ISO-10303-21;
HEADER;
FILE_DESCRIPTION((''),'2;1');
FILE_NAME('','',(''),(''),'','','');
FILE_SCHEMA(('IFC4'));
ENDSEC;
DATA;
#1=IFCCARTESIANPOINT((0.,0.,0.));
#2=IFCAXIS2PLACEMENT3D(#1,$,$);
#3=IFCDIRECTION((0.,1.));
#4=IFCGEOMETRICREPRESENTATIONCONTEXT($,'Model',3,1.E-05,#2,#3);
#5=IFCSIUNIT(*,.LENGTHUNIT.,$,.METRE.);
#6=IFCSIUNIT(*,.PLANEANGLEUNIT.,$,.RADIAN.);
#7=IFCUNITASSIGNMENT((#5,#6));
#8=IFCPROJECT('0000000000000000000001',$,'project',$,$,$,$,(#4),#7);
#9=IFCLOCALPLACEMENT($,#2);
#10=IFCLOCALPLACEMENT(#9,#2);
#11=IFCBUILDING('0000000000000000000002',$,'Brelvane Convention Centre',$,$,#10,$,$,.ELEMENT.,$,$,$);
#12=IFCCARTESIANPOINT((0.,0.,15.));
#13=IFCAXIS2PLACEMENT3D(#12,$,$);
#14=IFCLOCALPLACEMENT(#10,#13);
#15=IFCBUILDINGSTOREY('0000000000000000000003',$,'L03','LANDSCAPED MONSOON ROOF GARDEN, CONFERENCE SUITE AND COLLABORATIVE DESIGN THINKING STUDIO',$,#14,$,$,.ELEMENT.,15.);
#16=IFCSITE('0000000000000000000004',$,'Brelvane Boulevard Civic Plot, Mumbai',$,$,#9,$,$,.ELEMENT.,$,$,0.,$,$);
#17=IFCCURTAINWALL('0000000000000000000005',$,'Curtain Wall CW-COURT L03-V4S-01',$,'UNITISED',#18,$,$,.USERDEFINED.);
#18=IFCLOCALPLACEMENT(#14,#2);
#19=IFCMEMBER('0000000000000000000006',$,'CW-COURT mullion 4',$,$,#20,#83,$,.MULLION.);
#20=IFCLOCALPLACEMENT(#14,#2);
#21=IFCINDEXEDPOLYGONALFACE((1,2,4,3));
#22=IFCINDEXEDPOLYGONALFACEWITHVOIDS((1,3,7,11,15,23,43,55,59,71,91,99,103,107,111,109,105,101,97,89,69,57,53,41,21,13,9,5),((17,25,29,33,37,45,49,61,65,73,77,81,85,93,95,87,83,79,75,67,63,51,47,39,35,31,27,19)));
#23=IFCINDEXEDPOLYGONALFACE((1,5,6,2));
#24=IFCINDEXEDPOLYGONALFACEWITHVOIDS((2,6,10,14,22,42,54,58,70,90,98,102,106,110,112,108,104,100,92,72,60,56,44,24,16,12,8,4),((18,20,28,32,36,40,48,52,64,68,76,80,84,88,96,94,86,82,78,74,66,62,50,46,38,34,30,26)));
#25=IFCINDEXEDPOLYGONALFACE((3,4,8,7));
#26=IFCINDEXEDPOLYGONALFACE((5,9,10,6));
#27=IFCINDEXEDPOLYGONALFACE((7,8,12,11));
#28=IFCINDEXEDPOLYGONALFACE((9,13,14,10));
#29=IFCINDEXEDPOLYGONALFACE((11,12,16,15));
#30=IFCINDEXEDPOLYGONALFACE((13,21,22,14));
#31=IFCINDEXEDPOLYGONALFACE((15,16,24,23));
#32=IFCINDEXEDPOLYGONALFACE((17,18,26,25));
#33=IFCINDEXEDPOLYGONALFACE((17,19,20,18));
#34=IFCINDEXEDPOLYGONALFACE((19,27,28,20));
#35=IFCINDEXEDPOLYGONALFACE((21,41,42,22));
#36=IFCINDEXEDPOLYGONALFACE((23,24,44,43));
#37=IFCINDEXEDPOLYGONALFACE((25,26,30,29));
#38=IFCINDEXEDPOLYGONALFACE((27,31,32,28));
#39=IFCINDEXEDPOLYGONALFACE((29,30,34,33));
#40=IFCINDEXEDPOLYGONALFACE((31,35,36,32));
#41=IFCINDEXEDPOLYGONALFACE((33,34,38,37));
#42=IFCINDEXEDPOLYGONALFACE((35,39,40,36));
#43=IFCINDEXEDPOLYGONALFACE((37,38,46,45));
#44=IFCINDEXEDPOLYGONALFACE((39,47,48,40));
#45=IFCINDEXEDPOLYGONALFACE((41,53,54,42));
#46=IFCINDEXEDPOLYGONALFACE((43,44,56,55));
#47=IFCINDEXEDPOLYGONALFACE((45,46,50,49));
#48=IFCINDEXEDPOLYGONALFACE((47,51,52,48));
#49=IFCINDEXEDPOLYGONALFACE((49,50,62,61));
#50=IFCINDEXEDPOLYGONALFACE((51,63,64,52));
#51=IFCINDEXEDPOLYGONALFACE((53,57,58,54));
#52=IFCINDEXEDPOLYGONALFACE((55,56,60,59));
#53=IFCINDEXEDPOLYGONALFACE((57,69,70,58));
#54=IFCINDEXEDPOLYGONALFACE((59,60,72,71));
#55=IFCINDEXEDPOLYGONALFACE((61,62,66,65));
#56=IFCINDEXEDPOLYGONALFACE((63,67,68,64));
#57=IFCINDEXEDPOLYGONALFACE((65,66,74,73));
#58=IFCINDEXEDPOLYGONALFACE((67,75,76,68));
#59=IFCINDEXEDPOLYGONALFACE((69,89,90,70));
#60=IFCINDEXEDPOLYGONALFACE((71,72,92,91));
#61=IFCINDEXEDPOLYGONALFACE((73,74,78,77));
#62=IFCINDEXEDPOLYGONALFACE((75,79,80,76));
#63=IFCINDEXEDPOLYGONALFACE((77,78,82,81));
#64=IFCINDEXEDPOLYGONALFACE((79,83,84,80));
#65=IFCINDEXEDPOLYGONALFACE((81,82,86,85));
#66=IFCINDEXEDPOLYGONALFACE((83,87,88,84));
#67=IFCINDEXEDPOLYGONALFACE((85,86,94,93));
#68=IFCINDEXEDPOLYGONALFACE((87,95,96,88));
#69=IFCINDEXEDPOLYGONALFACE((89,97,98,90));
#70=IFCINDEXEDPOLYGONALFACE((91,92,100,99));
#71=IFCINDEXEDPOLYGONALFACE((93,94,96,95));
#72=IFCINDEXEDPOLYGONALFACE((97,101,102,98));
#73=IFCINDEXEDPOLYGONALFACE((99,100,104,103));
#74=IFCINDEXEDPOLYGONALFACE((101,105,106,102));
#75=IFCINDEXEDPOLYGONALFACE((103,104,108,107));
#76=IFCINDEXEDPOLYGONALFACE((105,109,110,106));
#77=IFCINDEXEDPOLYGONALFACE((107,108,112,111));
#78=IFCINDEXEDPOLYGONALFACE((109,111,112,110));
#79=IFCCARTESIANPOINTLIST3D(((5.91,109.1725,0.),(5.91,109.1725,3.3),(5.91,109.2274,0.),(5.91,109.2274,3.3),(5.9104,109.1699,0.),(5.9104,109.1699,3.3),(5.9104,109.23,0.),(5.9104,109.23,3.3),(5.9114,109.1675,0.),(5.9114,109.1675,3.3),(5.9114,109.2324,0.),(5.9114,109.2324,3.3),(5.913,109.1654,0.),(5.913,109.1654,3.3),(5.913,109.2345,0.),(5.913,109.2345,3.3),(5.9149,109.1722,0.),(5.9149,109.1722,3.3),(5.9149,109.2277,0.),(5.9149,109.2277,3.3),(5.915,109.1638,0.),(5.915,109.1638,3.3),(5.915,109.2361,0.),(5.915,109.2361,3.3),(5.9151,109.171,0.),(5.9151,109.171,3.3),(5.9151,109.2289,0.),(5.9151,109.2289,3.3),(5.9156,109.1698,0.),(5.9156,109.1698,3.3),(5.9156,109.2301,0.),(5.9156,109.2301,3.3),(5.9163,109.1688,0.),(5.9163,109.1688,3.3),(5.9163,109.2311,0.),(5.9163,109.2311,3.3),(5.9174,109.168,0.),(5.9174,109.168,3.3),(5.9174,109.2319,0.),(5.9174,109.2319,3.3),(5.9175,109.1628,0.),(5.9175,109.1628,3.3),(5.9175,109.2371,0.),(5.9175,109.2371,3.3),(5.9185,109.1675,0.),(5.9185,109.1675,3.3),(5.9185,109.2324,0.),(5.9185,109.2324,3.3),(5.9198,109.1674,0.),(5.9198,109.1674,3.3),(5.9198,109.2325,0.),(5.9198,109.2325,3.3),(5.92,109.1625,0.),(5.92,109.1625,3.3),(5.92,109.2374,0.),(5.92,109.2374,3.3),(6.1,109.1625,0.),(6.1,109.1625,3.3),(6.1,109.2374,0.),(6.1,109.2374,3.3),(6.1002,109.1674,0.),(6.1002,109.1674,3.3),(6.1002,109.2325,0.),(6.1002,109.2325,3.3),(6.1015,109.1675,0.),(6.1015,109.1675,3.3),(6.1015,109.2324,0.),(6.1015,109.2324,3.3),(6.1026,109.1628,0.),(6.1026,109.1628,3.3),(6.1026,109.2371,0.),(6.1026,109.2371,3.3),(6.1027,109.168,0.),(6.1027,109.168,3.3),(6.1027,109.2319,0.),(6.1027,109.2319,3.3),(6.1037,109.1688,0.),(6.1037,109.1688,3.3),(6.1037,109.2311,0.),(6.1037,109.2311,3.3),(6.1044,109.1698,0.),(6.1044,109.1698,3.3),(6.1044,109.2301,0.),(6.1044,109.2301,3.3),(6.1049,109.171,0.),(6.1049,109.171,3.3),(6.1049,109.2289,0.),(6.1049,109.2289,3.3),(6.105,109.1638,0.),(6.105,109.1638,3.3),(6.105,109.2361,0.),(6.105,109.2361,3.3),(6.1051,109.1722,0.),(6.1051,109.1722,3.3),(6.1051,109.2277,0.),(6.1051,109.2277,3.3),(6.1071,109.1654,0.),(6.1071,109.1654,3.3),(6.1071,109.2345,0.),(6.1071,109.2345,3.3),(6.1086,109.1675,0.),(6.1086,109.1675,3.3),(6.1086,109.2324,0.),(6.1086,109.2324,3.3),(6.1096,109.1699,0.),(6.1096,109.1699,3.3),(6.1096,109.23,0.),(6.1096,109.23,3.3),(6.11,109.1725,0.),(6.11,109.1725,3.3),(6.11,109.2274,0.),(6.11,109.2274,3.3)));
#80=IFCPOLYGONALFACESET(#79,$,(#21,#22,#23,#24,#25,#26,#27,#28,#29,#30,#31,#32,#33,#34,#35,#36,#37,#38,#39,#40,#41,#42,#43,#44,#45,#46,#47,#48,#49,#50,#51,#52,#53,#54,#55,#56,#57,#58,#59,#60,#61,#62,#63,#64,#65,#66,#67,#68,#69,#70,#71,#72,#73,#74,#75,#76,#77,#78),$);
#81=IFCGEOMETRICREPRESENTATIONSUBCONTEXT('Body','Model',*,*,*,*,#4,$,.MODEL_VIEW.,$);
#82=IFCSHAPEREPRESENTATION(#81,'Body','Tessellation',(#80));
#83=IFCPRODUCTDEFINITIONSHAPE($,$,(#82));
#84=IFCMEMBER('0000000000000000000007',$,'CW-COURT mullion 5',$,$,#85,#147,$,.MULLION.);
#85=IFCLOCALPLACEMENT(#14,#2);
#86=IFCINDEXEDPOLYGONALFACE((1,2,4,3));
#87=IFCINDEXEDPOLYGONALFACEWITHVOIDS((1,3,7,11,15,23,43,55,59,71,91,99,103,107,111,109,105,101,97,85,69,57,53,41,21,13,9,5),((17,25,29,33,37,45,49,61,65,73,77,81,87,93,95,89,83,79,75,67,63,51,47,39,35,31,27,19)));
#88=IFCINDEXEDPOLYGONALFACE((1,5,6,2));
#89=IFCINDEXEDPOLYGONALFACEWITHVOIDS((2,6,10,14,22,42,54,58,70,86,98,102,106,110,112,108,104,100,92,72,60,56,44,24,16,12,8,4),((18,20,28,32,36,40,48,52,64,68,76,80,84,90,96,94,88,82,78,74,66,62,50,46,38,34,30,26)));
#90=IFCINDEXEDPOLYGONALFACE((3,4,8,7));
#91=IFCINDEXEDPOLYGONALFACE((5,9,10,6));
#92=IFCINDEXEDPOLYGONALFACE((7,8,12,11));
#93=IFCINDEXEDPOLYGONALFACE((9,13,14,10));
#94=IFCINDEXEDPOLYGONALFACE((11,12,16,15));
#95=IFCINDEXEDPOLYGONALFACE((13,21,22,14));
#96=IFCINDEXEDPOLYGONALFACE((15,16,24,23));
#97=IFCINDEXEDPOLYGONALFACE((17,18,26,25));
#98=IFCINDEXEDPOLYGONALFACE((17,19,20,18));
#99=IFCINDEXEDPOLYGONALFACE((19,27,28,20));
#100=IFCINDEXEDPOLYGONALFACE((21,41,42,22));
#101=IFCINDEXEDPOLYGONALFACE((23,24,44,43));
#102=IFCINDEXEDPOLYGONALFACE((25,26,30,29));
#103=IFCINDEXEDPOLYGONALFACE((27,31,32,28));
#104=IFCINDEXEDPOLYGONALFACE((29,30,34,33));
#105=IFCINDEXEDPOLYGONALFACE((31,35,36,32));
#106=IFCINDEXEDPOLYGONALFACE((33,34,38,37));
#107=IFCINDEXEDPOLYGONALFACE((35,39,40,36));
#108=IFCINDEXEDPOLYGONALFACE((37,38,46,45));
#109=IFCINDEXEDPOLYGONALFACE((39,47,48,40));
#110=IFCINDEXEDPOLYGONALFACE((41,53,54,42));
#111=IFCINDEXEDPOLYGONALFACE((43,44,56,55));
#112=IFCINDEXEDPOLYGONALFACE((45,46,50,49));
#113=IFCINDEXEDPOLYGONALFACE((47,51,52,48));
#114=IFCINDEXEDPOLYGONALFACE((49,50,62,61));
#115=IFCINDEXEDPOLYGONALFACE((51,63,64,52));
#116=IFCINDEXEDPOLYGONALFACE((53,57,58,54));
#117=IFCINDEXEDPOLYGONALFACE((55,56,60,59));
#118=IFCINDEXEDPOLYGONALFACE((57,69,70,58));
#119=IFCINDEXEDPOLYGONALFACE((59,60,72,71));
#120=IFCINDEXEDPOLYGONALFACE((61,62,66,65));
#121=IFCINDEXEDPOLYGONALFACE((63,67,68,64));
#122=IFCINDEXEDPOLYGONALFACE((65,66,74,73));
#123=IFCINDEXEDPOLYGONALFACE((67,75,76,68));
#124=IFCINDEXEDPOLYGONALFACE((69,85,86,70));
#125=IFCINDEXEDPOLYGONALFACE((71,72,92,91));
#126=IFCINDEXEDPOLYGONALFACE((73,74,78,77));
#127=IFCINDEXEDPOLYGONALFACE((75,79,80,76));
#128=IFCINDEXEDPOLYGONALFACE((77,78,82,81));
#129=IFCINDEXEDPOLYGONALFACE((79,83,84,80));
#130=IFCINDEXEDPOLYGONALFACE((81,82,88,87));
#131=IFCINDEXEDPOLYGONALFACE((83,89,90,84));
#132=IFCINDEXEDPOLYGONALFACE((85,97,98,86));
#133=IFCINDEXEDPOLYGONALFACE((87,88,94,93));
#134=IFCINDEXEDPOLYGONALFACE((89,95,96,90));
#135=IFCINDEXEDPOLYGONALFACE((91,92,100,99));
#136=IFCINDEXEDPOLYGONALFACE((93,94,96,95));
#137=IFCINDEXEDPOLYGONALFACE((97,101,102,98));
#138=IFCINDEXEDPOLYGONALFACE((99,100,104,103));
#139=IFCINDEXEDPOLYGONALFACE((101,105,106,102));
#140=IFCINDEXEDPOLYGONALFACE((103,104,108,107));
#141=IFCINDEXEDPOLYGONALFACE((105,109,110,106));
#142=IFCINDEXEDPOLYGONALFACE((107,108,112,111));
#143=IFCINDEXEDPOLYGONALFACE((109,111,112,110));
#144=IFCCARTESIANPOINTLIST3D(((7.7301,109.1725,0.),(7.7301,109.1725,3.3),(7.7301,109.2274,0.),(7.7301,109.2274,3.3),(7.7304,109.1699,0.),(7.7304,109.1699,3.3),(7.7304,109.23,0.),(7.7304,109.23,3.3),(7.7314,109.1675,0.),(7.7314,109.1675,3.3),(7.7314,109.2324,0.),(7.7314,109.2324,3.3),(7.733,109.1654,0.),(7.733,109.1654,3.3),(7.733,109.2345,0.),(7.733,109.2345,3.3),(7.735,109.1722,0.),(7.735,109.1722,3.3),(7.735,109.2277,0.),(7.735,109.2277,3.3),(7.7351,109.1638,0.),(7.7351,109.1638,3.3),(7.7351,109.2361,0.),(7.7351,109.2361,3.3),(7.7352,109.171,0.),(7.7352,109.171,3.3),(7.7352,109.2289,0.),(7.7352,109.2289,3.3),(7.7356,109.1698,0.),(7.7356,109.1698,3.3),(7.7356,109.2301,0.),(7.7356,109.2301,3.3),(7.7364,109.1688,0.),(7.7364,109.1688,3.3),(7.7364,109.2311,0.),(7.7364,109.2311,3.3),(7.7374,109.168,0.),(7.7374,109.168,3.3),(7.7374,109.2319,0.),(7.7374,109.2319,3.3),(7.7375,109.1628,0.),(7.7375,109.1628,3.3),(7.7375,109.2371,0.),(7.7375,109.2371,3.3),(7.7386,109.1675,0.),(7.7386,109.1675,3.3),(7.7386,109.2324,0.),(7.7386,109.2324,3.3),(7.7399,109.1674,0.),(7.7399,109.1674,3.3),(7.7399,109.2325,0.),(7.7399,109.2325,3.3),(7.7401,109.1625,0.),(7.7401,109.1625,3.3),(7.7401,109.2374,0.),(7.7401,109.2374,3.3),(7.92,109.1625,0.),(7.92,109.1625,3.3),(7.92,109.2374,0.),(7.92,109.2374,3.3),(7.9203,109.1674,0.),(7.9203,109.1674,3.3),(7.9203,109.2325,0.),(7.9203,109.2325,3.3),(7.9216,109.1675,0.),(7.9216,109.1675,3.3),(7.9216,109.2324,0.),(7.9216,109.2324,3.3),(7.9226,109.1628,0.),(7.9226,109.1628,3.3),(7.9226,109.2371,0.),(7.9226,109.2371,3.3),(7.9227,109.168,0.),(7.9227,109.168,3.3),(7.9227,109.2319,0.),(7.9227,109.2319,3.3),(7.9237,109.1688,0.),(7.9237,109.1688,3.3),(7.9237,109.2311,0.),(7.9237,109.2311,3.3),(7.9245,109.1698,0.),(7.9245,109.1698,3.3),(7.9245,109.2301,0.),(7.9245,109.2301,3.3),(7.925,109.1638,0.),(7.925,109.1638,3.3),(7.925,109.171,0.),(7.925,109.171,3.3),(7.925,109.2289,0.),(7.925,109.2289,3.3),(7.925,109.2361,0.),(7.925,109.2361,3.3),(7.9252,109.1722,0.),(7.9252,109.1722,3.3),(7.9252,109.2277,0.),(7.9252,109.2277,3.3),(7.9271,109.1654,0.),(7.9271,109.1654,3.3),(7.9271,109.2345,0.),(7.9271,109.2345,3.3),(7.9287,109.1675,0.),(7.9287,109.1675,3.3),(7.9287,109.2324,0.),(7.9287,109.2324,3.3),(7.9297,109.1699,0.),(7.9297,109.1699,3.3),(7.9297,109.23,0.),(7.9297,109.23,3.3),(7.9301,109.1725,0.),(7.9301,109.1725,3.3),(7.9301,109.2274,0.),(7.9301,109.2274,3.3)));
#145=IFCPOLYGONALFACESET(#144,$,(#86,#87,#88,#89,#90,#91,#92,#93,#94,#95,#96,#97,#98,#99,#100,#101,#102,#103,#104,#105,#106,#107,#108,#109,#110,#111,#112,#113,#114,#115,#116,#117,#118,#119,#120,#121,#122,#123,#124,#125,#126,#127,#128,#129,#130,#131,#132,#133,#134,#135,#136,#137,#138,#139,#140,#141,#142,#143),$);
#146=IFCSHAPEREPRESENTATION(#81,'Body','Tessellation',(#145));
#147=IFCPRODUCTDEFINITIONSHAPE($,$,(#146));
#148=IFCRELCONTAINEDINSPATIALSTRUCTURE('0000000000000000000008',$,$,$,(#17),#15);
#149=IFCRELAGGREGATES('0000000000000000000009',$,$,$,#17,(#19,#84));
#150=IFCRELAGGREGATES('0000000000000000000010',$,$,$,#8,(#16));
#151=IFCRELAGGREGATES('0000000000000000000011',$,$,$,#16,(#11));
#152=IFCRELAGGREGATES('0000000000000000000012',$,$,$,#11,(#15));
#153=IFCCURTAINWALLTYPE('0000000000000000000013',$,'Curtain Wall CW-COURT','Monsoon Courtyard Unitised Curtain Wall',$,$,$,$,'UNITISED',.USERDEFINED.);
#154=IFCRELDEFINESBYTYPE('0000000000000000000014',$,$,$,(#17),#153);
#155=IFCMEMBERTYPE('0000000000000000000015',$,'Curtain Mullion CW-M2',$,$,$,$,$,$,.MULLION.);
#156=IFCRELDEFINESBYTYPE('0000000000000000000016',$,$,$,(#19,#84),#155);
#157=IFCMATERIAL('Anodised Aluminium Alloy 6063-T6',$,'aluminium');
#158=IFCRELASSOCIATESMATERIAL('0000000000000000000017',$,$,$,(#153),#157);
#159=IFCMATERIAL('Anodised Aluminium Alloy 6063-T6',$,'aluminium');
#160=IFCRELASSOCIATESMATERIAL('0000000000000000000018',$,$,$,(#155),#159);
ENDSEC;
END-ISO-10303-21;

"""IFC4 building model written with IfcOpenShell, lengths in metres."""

from ifc_helpers import new_model, si_unit, direction, frame, origin, origin_2d, place, context, subcontext, project, spatial, hollow_rectangle, extrude, material, material_profile, profile_set, type_object, element, aggregate, save


model = new_model("IFC4")

# Units and contexts
model_context = context("Model", 3, precision=1e-05, world=origin(), true_north=direction((0.0, 1.0)))
body_context = subcontext(model_context, "Body", "Model", "MODEL_VIEW")
ifc_project = project(units=[si_unit("LENGTHUNIT", "METRE"), si_unit("PLANEANGLEUNIT", "RADIAN")], contexts=[model_context])

# Site, building, storey
site_placement = place(None, origin())
site = spatial("IfcSite", under=ifc_project, at=site_placement, Name="Brelvane Boulevard Civic Plot, Mumbai", CompositionType="ELEMENT", RefElevation=0.0)
building_placement = place(site_placement, origin())
building = spatial("IfcBuilding", under=site, at=building_placement, Name="Brelvane Convention Centre", CompositionType="ELEMENT")
storey_placement = place(building_placement, frame((0.0, 0.0, 15.0)))
storey = spatial("IfcBuildingStorey", under=building, at=storey_placement, Name="L03", Description="LANDSCAPED MONSOON ROOF GARDEN, CONFERENCE SUITE AND COLLABORATIVE DESIGN THINKING STUDIO", CompositionType="ELEMENT", Elevation=15.0)

# Curtain wall, members
ifc_material_1 = material(Name="Anodised Aluminium Alloy 6063-T6", Category="aluminium")
curtain_wall_type = type_object("IfcCurtainWallType", Name="Curtain Wall CW-COURT", Description="Monsoon Courtyard Unitised Curtain Wall", ElementType="UNITISED", PredefinedType="USERDEFINED", material=ifc_material_1)
curtain_wall_placement = place(storey_placement, origin())
curtain_wall = element("IfcCurtainWall", 1, at=curtain_wall_placement, inside=storey, type_object=curtain_wall_type, Name="Curtain Wall CW-COURT L03-V4S-01", ObjectType="UNITISED", PredefinedType="USERDEFINED")
ifc_material_2 = material(Name="Anodised Aluminium Alloy 6063-T6", Category="aluminium")
ifc_material_profile_1 = material_profile(ifc_material_2, hollow_rectangle(XDim=0.075, YDim=0.2, WallThickness=0.0049, InnerFilletRadius=0.0049, OuterFilletRadius=0.01, at=origin_2d()), Name="ALU-M 200x75x5.0")
ifc_profile_set_1 = profile_set([ifc_material_profile_1], Name="Anodised Aluminium Alloy 6063-T6")
member_type_1 = type_object("IfcMemberType", Name="Curtain Mullion CW-M2", PredefinedType="MULLION", material=ifc_profile_set_1)
member_1_placement = place(storey_placement, frame((6.01, 109.2, 0.0), z_axis=(0.0, 0.0, 1.0), x_axis=(0.0, 1.0, 0.0)))
member_1 = element("IfcMember", 2, at=member_1_placement, type_object=member_type_1, Name="CW-COURT mullion 4", PredefinedType="MULLION", context=body_context, shape_type="SweptSolid", body=[
    extrude(hollow_rectangle(XDim=0.075, YDim=0.2, WallThickness=0.0049, InnerFilletRadius=0.0049, OuterFilletRadius=0.01, at=origin_2d()), origin(), (0.0, 0.0, 1.0), 3.3),
])
member_2_placement = place(storey_placement, frame((7.8301, 109.2, 0.0), z_axis=(0.0, 0.0, 1.0), x_axis=(0.0, 1.0, 0.0)))
member_2 = element("IfcMember", 3, at=member_2_placement, type_object=member_type_1, Name="CW-COURT mullion 5", PredefinedType="MULLION", context=body_context, shape_type="SweptSolid", body=[
    extrude(hollow_rectangle(XDim=0.075, YDim=0.2, WallThickness=0.0049, InnerFilletRadius=0.0049, OuterFilletRadius=0.01, at=origin_2d()), origin(), (0.0, 0.0, 1.0), 3.3),
])

aggregate(curtain_wall, [member_1, member_2])

save(model, "model.ifc")
